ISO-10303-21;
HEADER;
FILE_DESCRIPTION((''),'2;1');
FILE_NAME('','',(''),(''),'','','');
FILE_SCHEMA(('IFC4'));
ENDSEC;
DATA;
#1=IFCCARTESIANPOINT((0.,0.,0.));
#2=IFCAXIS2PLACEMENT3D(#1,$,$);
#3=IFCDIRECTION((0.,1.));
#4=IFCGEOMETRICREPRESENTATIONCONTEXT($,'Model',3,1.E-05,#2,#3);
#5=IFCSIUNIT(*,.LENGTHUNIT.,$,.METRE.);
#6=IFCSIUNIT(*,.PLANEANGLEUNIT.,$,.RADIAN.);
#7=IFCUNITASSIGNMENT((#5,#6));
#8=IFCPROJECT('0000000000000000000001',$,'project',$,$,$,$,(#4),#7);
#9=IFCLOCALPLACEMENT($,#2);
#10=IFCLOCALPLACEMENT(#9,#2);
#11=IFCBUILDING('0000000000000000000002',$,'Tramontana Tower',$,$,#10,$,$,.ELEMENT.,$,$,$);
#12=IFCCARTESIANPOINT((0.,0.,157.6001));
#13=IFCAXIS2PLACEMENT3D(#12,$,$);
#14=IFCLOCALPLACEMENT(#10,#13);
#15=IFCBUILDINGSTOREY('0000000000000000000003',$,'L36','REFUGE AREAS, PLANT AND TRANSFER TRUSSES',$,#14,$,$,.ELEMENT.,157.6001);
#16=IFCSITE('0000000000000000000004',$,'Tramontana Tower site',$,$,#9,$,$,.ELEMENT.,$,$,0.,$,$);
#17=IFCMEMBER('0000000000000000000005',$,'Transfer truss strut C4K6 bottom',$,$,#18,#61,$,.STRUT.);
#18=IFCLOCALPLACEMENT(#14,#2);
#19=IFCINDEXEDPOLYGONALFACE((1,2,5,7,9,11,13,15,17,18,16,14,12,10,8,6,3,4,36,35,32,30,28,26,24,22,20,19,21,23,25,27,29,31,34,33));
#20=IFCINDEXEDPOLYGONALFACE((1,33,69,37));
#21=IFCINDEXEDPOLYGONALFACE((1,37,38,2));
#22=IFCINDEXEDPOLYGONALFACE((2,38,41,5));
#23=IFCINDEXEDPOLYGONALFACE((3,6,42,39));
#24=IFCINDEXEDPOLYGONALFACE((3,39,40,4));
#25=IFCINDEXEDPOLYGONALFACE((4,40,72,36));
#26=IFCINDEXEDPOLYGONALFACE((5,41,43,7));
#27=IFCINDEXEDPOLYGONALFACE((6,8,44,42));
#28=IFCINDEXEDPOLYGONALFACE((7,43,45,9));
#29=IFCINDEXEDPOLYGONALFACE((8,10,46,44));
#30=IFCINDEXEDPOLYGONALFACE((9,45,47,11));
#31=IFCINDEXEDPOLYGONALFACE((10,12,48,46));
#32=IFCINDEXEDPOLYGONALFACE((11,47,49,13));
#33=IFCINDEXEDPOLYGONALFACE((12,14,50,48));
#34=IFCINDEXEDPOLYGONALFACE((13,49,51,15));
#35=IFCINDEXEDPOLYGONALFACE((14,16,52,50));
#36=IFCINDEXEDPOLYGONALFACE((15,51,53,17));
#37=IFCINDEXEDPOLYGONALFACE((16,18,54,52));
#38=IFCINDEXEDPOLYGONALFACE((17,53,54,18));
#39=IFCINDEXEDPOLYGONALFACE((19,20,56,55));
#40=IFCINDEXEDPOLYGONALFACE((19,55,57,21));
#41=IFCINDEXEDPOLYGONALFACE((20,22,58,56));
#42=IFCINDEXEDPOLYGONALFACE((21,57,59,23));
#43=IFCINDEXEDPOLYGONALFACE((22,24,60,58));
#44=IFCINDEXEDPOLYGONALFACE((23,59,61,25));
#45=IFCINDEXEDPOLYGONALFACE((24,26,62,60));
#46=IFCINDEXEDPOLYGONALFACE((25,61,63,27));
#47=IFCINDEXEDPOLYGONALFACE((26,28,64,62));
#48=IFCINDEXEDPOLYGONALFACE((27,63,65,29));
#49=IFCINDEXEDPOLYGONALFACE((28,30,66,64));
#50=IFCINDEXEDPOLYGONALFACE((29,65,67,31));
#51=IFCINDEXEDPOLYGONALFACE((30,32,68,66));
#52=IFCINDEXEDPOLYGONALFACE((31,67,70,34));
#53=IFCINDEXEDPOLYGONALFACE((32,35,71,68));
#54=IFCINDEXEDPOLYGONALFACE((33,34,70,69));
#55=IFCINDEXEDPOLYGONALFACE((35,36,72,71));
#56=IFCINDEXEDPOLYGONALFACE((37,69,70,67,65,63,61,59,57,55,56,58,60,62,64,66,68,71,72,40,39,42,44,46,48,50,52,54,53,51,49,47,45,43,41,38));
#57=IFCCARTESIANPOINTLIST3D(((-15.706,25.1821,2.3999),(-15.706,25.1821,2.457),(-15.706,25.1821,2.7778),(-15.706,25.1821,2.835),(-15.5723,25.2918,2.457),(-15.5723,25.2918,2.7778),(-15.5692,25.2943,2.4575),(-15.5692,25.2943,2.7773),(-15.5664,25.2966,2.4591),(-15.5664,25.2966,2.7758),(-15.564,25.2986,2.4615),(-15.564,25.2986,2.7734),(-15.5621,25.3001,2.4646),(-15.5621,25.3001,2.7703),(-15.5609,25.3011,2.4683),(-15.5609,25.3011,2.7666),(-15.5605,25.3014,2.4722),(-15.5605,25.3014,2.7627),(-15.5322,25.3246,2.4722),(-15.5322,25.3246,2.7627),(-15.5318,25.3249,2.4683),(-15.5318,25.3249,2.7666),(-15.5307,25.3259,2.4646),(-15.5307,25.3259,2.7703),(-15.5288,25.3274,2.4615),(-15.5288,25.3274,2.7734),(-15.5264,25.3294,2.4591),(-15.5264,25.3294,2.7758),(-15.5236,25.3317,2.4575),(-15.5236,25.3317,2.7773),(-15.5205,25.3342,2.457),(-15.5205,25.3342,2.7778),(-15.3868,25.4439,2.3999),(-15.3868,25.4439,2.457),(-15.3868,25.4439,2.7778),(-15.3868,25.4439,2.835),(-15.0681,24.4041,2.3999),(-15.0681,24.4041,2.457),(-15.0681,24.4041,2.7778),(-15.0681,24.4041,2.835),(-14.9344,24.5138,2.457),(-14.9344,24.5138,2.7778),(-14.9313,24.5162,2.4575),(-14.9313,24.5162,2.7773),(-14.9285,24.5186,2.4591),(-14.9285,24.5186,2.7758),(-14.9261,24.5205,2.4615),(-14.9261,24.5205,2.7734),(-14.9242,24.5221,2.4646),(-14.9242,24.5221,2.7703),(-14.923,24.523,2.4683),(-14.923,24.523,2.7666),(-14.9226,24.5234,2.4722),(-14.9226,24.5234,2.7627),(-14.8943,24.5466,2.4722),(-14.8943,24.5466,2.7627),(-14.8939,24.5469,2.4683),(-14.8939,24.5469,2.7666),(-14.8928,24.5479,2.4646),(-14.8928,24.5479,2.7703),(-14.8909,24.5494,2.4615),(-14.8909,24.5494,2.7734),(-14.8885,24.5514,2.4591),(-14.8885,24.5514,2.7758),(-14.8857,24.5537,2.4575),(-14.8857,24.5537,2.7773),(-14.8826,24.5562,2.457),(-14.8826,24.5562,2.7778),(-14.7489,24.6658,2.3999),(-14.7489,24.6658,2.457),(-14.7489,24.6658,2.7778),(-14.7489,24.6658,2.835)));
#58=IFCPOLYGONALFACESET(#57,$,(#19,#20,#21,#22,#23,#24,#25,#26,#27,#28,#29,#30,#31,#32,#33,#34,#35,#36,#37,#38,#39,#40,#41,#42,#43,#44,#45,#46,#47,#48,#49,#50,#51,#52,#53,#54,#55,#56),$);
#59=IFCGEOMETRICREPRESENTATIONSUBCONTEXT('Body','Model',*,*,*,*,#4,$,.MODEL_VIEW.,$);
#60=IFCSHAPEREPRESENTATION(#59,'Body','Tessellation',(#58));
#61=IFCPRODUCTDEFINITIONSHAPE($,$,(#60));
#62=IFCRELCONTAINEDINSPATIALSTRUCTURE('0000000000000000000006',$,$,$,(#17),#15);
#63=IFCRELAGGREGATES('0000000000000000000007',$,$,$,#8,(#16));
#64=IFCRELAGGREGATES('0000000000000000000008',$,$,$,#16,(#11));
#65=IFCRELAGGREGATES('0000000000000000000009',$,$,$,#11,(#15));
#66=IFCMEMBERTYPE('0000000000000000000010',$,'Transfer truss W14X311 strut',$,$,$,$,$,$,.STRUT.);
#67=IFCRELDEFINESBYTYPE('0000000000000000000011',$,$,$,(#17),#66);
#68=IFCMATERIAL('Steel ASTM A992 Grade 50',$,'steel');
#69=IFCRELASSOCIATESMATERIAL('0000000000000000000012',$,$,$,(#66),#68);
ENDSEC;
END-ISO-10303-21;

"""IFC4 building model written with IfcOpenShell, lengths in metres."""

from ifc_helpers import new_model, si_unit, direction, frame, origin, origin_2d, place, context, subcontext, project, spatial, i_section, extrude, material, material_profile, profile_set, type_object, element, save


model = new_model("IFC4")

# Units and contexts
model_context = context("Model", 3, precision=1e-05, world=origin(), true_north=direction((0.0, 1.0)))
body_context = subcontext(model_context, "Body", "Model", "MODEL_VIEW")
ifc_project = project(units=[si_unit("LENGTHUNIT", "METRE"), si_unit("PLANEANGLEUNIT", "RADIAN")], contexts=[model_context])

# Site, building, storey
site_placement = place(None, origin())
site = spatial("IfcSite", under=ifc_project, at=site_placement, Name="Tramontana Tower site", CompositionType="ELEMENT", RefElevation=0.0)
building_placement = place(site_placement, origin())
building = spatial("IfcBuilding", under=site, at=building_placement, Name="Tramontana Tower", CompositionType="ELEMENT")
storey_placement = place(building_placement, frame((0.0, 0.0, 157.6001)))
storey = spatial("IfcBuildingStorey", under=building, at=storey_placement, Name="L36", Description="REFUGE AREAS, PLANT AND TRANSFER TRUSSES", CompositionType="ELEMENT", Elevation=157.6001)

# Member
ifc_material_1 = material(Name="Steel ASTM A992 Grade 50", Category="steel")
ifc_material_profile_1 = material_profile(ifc_material_1, i_section(OverallWidth=0.4128, OverallDepth=0.4351, WebThickness=0.0366, FlangeThickness=0.0571, FilletRadius=0.0151, at=origin_2d()), Name="W14X311")
ifc_profile_set_1 = profile_set([ifc_material_profile_1], Name="Steel ASTM A992 Grade 50")
member_type_1 = type_object("IfcMemberType", Name="Transfer truss W14X311 strut", PredefinedType="STRUT", material=ifc_profile_set_1)
member_1_placement = place(storey_placement, frame((-15.5464, 25.313, 2.6174), z_axis=(0.63403, -0.773308, 0.0), x_axis=(0.773308, 0.63403, 0.0)))
element("IfcMember", 1, at=member_1_placement, inside=storey, type_object=member_type_1, Name="Transfer truss strut C4K6 bottom", PredefinedType="STRUT", context=body_context, shape_type="SweptSolid", body=[
    extrude(i_section(OverallWidth=0.4128, OverallDepth=0.4351, WebThickness=0.0366, FlangeThickness=0.0571, FilletRadius=0.0151, at=origin_2d()), origin(), (0.0, 0.0, 1.0), 1.0061),
])

save(model, "model.ifc")
